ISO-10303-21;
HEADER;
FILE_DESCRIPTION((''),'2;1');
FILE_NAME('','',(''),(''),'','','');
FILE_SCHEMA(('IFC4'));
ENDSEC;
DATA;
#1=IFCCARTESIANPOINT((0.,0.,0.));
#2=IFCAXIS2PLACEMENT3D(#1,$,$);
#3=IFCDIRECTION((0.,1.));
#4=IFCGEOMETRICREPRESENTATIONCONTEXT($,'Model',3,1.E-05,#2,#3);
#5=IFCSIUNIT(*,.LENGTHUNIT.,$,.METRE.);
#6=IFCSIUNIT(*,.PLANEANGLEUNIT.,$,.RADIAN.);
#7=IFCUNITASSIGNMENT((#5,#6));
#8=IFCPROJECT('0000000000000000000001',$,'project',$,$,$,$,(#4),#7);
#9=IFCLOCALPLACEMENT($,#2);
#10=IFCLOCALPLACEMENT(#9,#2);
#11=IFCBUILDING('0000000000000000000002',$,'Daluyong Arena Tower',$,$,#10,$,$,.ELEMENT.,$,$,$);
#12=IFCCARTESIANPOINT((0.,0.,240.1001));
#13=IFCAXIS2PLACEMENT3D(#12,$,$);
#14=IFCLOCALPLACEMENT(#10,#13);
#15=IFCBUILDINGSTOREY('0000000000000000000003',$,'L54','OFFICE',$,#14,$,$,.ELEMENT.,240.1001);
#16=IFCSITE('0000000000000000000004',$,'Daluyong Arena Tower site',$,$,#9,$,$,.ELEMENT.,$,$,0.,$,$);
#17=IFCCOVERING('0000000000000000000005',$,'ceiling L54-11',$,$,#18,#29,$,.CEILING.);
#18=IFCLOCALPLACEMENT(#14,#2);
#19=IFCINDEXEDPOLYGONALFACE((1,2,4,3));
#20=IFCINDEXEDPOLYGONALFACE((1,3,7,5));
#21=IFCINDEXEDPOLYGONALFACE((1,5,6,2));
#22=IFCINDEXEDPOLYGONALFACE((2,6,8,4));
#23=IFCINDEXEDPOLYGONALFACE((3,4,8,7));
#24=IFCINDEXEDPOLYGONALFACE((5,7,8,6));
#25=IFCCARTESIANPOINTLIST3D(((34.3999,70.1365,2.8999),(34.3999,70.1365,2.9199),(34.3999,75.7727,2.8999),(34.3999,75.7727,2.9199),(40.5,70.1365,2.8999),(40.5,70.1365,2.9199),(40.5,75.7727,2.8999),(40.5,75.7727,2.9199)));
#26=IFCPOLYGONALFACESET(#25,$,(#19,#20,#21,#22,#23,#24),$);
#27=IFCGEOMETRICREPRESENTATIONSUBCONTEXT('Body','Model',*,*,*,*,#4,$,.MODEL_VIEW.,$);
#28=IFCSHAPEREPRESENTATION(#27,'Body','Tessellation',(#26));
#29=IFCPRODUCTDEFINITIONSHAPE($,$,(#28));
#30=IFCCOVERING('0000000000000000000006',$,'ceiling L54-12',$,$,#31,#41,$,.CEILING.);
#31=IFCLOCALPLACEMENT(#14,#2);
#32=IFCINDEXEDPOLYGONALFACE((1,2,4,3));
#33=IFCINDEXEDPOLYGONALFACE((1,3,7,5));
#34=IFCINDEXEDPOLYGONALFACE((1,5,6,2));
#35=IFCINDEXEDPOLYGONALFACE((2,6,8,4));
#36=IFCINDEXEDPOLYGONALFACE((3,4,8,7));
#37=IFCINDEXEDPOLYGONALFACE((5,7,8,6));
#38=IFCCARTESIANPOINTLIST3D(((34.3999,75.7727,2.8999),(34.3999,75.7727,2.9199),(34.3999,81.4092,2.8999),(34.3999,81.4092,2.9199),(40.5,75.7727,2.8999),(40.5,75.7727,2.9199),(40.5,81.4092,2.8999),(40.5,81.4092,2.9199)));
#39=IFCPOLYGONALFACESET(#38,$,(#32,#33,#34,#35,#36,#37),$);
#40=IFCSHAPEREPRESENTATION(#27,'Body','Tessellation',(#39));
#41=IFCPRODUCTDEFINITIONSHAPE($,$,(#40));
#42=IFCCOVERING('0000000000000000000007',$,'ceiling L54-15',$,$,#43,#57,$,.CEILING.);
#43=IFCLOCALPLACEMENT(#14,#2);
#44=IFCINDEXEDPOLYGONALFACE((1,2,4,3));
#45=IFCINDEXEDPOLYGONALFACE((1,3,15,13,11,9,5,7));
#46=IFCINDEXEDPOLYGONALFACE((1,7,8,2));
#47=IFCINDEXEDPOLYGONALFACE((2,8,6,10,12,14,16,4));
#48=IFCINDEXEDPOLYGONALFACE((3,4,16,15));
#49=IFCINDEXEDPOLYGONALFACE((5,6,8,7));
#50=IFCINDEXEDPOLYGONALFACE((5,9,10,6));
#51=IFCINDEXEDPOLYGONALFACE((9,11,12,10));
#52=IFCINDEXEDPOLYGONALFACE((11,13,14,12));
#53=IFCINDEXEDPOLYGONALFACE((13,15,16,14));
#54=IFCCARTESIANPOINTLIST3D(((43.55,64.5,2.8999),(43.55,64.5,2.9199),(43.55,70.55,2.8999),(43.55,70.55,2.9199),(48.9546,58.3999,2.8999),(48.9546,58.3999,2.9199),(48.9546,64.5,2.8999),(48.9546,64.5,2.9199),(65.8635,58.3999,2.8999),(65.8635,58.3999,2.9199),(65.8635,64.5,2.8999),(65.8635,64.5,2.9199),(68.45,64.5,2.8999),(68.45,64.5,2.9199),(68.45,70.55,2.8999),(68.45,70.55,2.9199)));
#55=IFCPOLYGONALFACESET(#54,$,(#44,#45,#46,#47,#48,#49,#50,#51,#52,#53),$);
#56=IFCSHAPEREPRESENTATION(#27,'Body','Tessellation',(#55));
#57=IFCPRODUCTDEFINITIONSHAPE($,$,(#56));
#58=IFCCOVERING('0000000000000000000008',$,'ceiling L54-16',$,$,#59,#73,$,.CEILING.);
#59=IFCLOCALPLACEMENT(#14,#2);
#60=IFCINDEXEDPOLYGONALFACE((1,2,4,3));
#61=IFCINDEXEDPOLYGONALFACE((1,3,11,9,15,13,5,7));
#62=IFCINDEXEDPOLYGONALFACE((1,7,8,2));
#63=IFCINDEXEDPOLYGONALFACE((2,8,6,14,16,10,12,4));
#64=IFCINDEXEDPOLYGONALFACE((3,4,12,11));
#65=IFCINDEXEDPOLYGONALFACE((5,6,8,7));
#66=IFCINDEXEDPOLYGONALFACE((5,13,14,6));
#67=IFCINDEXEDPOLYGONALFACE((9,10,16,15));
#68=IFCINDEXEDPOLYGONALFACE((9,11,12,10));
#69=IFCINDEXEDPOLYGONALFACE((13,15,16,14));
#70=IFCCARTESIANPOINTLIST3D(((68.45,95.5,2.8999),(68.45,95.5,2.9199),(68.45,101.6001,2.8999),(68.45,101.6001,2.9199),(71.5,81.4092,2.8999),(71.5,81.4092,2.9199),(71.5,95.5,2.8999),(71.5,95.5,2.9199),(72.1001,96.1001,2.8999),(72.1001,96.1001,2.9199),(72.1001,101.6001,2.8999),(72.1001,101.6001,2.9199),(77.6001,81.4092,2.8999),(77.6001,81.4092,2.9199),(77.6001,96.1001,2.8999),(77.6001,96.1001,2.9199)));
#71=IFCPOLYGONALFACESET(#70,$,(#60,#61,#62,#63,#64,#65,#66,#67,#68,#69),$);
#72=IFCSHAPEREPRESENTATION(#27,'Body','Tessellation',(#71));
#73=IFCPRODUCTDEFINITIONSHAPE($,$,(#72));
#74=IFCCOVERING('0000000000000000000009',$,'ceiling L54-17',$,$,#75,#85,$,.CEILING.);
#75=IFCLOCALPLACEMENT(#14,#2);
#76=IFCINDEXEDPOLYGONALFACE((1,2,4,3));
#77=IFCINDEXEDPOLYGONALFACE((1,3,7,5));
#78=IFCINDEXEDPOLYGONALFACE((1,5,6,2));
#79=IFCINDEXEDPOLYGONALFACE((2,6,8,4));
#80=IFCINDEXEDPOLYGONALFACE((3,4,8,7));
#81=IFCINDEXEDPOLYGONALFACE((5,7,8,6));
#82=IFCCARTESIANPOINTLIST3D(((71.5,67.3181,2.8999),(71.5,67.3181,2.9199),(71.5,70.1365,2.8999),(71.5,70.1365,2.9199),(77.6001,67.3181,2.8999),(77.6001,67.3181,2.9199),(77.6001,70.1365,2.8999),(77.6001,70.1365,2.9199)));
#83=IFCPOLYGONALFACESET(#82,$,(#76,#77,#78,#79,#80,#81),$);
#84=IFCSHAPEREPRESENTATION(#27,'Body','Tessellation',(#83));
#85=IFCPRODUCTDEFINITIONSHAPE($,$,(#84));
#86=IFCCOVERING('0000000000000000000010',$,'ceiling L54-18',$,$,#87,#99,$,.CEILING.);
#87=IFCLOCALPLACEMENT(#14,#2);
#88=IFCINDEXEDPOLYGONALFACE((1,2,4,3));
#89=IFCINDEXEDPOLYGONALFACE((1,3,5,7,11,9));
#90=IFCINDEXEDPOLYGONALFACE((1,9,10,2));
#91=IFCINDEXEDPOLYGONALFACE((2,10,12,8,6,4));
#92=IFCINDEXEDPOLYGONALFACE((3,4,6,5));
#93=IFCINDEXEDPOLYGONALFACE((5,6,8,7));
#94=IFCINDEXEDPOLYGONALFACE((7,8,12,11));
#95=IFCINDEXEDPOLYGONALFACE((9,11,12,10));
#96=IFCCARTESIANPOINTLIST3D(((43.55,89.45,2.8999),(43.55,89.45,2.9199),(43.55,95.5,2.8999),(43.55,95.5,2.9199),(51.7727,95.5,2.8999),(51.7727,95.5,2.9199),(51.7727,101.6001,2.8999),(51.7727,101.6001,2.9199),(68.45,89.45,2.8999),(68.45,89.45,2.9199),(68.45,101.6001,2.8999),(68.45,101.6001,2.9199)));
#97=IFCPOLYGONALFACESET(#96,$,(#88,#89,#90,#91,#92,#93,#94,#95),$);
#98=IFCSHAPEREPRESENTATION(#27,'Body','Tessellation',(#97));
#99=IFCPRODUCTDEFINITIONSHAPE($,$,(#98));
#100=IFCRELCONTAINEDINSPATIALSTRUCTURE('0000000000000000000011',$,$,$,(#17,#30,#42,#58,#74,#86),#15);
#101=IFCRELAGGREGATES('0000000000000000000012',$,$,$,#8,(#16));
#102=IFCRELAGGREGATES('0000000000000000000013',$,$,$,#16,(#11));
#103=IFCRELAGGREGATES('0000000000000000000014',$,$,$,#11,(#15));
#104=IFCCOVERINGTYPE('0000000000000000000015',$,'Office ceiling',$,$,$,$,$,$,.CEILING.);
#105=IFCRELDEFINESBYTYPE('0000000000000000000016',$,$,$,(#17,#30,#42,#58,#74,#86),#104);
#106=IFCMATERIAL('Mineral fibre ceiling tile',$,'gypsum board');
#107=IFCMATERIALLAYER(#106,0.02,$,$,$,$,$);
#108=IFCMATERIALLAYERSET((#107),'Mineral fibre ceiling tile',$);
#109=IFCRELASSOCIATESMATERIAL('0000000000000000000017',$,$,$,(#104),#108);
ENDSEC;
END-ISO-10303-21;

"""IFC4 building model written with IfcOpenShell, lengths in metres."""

from ifc_helpers import new_model, si_unit, direction, frame, origin, place, context, subcontext, project, spatial, polyline, outline, extrude, material, layer, layer_set, type_object, element, save


model = new_model("IFC4")

# Units and contexts
model_context = context("Model", 3, precision=1e-05, world=origin(), true_north=direction((0.0, 1.0)))
body_context = subcontext(model_context, "Body", "Model", "MODEL_VIEW")
ifc_project = project(units=[si_unit("LENGTHUNIT", "METRE"), si_unit("PLANEANGLEUNIT", "RADIAN")], contexts=[model_context])

# Site, building, storey
site_placement = place(None, origin())
site = spatial("IfcSite", under=ifc_project, at=site_placement, Name="Daluyong Arena Tower site", CompositionType="ELEMENT", RefElevation=0.0)
building_placement = place(site_placement, origin())
building = spatial("IfcBuilding", under=site, at=building_placement, Name="Daluyong Arena Tower", CompositionType="ELEMENT")
storey_placement = place(building_placement, frame((0.0, 0.0, 240.1001)))
storey = spatial("IfcBuildingStorey", under=building, at=storey_placement, Name="L54", Description="OFFICE", CompositionType="ELEMENT", Elevation=240.1001)

# Coverings
ifc_material_1 = material(Name="Mineral fibre ceiling tile", Category="gypsum board")
ifc_layer_1 = layer(ifc_material_1, 0.02)
ifc_layer_set_1 = layer_set([ifc_layer_1], Name="Mineral fibre ceiling tile")
covering_type = type_object("IfcCoveringType", Name="Office ceiling", PredefinedType="CEILING", material=ifc_layer_set_1)
covering_1_placement = place(storey_placement, frame((0.0, 0.0, 2.8999)))
element("IfcCovering", 1, at=covering_1_placement, inside=storey, type_object=covering_type, Name="ceiling L54-11", PredefinedType="CEILING", context=body_context, shape_type="SweptSolid", body=[
    extrude(outline(polyline([(40.5, 75.7727), (34.3999, 75.7727), (34.3999, 70.1365), (40.5, 70.1365), (40.5, 75.7727)])), origin(), (0.0, 0.0, 1.0), 0.02),
])
covering_2_placement = place(storey_placement, frame((0.0, 0.0, 2.8999)))
element("IfcCovering", 2, at=covering_2_placement, inside=storey, type_object=covering_type, Name="ceiling L54-12", PredefinedType="CEILING", context=body_context, shape_type="SweptSolid", body=[
    extrude(outline(polyline([(40.5, 81.4092), (34.3999, 81.4092), (34.3999, 75.7727), (40.5, 75.7727), (40.5, 81.4092)])), origin(), (0.0, 0.0, 1.0), 0.02),
])
covering_3_placement = place(storey_placement, frame((0.0, 0.0, 2.8999)))
element("IfcCovering", 3, at=covering_3_placement, inside=storey, type_object=covering_type, Name="ceiling L54-15", PredefinedType="CEILING", context=body_context, shape_type="SweptSolid", body=[
    extrude(outline(polyline([(65.8635, 58.3999), (65.8635, 64.5), (68.45, 64.5), (68.45, 70.55), (43.55, 70.55), (43.55, 64.5), (48.9546, 64.5), (48.9546, 58.3999), (65.8635, 58.3999)])), origin(), (0.0, 0.0, 1.0), 0.02),
])
covering_4_placement = place(storey_placement, frame((0.0, 0.0, 2.8999)))
element("IfcCovering", 4, at=covering_4_placement, inside=storey, type_object=covering_type, Name="ceiling L54-16", PredefinedType="CEILING", context=body_context, shape_type="SweptSolid", body=[
    extrude(outline(polyline([(72.1001, 101.6001), (68.45, 101.6001), (68.45, 95.5), (71.5, 95.5), (71.5, 81.4092), (77.6001, 81.4092), (77.6001, 96.1001), (72.1001, 96.1001), (72.1001, 101.6001)])), origin(), (0.0, 0.0, 1.0), 0.02),
])
covering_5_placement = place(storey_placement, frame((0.0, 0.0, 2.8999)))
element("IfcCovering", 5, at=covering_5_placement, inside=storey, type_object=covering_type, Name="ceiling L54-17", PredefinedType="CEILING", context=body_context, shape_type="SweptSolid", body=[
    extrude(outline(polyline([(77.6001, 67.3181), (77.6001, 70.1365), (71.5, 70.1365), (71.5, 67.3181), (77.6001, 67.3181)])), origin(), (0.0, 0.0, 1.0), 0.02),
])
covering_6_placement = place(storey_placement, frame((0.0, 0.0, 2.8999)))
element("IfcCovering", 6, at=covering_6_placement, inside=storey, type_object=covering_type, Name="ceiling L54-18", PredefinedType="CEILING", context=body_context, shape_type="SweptSolid", body=[
    extrude(outline(polyline([(51.7727, 95.5), (43.55, 95.5), (43.55, 89.45), (68.45, 89.45), (68.45, 101.6001), (51.7727, 101.6001), (51.7727, 95.5)])), origin(), (0.0, 0.0, 1.0), 0.02),
])

save(model, "model.ifc")
